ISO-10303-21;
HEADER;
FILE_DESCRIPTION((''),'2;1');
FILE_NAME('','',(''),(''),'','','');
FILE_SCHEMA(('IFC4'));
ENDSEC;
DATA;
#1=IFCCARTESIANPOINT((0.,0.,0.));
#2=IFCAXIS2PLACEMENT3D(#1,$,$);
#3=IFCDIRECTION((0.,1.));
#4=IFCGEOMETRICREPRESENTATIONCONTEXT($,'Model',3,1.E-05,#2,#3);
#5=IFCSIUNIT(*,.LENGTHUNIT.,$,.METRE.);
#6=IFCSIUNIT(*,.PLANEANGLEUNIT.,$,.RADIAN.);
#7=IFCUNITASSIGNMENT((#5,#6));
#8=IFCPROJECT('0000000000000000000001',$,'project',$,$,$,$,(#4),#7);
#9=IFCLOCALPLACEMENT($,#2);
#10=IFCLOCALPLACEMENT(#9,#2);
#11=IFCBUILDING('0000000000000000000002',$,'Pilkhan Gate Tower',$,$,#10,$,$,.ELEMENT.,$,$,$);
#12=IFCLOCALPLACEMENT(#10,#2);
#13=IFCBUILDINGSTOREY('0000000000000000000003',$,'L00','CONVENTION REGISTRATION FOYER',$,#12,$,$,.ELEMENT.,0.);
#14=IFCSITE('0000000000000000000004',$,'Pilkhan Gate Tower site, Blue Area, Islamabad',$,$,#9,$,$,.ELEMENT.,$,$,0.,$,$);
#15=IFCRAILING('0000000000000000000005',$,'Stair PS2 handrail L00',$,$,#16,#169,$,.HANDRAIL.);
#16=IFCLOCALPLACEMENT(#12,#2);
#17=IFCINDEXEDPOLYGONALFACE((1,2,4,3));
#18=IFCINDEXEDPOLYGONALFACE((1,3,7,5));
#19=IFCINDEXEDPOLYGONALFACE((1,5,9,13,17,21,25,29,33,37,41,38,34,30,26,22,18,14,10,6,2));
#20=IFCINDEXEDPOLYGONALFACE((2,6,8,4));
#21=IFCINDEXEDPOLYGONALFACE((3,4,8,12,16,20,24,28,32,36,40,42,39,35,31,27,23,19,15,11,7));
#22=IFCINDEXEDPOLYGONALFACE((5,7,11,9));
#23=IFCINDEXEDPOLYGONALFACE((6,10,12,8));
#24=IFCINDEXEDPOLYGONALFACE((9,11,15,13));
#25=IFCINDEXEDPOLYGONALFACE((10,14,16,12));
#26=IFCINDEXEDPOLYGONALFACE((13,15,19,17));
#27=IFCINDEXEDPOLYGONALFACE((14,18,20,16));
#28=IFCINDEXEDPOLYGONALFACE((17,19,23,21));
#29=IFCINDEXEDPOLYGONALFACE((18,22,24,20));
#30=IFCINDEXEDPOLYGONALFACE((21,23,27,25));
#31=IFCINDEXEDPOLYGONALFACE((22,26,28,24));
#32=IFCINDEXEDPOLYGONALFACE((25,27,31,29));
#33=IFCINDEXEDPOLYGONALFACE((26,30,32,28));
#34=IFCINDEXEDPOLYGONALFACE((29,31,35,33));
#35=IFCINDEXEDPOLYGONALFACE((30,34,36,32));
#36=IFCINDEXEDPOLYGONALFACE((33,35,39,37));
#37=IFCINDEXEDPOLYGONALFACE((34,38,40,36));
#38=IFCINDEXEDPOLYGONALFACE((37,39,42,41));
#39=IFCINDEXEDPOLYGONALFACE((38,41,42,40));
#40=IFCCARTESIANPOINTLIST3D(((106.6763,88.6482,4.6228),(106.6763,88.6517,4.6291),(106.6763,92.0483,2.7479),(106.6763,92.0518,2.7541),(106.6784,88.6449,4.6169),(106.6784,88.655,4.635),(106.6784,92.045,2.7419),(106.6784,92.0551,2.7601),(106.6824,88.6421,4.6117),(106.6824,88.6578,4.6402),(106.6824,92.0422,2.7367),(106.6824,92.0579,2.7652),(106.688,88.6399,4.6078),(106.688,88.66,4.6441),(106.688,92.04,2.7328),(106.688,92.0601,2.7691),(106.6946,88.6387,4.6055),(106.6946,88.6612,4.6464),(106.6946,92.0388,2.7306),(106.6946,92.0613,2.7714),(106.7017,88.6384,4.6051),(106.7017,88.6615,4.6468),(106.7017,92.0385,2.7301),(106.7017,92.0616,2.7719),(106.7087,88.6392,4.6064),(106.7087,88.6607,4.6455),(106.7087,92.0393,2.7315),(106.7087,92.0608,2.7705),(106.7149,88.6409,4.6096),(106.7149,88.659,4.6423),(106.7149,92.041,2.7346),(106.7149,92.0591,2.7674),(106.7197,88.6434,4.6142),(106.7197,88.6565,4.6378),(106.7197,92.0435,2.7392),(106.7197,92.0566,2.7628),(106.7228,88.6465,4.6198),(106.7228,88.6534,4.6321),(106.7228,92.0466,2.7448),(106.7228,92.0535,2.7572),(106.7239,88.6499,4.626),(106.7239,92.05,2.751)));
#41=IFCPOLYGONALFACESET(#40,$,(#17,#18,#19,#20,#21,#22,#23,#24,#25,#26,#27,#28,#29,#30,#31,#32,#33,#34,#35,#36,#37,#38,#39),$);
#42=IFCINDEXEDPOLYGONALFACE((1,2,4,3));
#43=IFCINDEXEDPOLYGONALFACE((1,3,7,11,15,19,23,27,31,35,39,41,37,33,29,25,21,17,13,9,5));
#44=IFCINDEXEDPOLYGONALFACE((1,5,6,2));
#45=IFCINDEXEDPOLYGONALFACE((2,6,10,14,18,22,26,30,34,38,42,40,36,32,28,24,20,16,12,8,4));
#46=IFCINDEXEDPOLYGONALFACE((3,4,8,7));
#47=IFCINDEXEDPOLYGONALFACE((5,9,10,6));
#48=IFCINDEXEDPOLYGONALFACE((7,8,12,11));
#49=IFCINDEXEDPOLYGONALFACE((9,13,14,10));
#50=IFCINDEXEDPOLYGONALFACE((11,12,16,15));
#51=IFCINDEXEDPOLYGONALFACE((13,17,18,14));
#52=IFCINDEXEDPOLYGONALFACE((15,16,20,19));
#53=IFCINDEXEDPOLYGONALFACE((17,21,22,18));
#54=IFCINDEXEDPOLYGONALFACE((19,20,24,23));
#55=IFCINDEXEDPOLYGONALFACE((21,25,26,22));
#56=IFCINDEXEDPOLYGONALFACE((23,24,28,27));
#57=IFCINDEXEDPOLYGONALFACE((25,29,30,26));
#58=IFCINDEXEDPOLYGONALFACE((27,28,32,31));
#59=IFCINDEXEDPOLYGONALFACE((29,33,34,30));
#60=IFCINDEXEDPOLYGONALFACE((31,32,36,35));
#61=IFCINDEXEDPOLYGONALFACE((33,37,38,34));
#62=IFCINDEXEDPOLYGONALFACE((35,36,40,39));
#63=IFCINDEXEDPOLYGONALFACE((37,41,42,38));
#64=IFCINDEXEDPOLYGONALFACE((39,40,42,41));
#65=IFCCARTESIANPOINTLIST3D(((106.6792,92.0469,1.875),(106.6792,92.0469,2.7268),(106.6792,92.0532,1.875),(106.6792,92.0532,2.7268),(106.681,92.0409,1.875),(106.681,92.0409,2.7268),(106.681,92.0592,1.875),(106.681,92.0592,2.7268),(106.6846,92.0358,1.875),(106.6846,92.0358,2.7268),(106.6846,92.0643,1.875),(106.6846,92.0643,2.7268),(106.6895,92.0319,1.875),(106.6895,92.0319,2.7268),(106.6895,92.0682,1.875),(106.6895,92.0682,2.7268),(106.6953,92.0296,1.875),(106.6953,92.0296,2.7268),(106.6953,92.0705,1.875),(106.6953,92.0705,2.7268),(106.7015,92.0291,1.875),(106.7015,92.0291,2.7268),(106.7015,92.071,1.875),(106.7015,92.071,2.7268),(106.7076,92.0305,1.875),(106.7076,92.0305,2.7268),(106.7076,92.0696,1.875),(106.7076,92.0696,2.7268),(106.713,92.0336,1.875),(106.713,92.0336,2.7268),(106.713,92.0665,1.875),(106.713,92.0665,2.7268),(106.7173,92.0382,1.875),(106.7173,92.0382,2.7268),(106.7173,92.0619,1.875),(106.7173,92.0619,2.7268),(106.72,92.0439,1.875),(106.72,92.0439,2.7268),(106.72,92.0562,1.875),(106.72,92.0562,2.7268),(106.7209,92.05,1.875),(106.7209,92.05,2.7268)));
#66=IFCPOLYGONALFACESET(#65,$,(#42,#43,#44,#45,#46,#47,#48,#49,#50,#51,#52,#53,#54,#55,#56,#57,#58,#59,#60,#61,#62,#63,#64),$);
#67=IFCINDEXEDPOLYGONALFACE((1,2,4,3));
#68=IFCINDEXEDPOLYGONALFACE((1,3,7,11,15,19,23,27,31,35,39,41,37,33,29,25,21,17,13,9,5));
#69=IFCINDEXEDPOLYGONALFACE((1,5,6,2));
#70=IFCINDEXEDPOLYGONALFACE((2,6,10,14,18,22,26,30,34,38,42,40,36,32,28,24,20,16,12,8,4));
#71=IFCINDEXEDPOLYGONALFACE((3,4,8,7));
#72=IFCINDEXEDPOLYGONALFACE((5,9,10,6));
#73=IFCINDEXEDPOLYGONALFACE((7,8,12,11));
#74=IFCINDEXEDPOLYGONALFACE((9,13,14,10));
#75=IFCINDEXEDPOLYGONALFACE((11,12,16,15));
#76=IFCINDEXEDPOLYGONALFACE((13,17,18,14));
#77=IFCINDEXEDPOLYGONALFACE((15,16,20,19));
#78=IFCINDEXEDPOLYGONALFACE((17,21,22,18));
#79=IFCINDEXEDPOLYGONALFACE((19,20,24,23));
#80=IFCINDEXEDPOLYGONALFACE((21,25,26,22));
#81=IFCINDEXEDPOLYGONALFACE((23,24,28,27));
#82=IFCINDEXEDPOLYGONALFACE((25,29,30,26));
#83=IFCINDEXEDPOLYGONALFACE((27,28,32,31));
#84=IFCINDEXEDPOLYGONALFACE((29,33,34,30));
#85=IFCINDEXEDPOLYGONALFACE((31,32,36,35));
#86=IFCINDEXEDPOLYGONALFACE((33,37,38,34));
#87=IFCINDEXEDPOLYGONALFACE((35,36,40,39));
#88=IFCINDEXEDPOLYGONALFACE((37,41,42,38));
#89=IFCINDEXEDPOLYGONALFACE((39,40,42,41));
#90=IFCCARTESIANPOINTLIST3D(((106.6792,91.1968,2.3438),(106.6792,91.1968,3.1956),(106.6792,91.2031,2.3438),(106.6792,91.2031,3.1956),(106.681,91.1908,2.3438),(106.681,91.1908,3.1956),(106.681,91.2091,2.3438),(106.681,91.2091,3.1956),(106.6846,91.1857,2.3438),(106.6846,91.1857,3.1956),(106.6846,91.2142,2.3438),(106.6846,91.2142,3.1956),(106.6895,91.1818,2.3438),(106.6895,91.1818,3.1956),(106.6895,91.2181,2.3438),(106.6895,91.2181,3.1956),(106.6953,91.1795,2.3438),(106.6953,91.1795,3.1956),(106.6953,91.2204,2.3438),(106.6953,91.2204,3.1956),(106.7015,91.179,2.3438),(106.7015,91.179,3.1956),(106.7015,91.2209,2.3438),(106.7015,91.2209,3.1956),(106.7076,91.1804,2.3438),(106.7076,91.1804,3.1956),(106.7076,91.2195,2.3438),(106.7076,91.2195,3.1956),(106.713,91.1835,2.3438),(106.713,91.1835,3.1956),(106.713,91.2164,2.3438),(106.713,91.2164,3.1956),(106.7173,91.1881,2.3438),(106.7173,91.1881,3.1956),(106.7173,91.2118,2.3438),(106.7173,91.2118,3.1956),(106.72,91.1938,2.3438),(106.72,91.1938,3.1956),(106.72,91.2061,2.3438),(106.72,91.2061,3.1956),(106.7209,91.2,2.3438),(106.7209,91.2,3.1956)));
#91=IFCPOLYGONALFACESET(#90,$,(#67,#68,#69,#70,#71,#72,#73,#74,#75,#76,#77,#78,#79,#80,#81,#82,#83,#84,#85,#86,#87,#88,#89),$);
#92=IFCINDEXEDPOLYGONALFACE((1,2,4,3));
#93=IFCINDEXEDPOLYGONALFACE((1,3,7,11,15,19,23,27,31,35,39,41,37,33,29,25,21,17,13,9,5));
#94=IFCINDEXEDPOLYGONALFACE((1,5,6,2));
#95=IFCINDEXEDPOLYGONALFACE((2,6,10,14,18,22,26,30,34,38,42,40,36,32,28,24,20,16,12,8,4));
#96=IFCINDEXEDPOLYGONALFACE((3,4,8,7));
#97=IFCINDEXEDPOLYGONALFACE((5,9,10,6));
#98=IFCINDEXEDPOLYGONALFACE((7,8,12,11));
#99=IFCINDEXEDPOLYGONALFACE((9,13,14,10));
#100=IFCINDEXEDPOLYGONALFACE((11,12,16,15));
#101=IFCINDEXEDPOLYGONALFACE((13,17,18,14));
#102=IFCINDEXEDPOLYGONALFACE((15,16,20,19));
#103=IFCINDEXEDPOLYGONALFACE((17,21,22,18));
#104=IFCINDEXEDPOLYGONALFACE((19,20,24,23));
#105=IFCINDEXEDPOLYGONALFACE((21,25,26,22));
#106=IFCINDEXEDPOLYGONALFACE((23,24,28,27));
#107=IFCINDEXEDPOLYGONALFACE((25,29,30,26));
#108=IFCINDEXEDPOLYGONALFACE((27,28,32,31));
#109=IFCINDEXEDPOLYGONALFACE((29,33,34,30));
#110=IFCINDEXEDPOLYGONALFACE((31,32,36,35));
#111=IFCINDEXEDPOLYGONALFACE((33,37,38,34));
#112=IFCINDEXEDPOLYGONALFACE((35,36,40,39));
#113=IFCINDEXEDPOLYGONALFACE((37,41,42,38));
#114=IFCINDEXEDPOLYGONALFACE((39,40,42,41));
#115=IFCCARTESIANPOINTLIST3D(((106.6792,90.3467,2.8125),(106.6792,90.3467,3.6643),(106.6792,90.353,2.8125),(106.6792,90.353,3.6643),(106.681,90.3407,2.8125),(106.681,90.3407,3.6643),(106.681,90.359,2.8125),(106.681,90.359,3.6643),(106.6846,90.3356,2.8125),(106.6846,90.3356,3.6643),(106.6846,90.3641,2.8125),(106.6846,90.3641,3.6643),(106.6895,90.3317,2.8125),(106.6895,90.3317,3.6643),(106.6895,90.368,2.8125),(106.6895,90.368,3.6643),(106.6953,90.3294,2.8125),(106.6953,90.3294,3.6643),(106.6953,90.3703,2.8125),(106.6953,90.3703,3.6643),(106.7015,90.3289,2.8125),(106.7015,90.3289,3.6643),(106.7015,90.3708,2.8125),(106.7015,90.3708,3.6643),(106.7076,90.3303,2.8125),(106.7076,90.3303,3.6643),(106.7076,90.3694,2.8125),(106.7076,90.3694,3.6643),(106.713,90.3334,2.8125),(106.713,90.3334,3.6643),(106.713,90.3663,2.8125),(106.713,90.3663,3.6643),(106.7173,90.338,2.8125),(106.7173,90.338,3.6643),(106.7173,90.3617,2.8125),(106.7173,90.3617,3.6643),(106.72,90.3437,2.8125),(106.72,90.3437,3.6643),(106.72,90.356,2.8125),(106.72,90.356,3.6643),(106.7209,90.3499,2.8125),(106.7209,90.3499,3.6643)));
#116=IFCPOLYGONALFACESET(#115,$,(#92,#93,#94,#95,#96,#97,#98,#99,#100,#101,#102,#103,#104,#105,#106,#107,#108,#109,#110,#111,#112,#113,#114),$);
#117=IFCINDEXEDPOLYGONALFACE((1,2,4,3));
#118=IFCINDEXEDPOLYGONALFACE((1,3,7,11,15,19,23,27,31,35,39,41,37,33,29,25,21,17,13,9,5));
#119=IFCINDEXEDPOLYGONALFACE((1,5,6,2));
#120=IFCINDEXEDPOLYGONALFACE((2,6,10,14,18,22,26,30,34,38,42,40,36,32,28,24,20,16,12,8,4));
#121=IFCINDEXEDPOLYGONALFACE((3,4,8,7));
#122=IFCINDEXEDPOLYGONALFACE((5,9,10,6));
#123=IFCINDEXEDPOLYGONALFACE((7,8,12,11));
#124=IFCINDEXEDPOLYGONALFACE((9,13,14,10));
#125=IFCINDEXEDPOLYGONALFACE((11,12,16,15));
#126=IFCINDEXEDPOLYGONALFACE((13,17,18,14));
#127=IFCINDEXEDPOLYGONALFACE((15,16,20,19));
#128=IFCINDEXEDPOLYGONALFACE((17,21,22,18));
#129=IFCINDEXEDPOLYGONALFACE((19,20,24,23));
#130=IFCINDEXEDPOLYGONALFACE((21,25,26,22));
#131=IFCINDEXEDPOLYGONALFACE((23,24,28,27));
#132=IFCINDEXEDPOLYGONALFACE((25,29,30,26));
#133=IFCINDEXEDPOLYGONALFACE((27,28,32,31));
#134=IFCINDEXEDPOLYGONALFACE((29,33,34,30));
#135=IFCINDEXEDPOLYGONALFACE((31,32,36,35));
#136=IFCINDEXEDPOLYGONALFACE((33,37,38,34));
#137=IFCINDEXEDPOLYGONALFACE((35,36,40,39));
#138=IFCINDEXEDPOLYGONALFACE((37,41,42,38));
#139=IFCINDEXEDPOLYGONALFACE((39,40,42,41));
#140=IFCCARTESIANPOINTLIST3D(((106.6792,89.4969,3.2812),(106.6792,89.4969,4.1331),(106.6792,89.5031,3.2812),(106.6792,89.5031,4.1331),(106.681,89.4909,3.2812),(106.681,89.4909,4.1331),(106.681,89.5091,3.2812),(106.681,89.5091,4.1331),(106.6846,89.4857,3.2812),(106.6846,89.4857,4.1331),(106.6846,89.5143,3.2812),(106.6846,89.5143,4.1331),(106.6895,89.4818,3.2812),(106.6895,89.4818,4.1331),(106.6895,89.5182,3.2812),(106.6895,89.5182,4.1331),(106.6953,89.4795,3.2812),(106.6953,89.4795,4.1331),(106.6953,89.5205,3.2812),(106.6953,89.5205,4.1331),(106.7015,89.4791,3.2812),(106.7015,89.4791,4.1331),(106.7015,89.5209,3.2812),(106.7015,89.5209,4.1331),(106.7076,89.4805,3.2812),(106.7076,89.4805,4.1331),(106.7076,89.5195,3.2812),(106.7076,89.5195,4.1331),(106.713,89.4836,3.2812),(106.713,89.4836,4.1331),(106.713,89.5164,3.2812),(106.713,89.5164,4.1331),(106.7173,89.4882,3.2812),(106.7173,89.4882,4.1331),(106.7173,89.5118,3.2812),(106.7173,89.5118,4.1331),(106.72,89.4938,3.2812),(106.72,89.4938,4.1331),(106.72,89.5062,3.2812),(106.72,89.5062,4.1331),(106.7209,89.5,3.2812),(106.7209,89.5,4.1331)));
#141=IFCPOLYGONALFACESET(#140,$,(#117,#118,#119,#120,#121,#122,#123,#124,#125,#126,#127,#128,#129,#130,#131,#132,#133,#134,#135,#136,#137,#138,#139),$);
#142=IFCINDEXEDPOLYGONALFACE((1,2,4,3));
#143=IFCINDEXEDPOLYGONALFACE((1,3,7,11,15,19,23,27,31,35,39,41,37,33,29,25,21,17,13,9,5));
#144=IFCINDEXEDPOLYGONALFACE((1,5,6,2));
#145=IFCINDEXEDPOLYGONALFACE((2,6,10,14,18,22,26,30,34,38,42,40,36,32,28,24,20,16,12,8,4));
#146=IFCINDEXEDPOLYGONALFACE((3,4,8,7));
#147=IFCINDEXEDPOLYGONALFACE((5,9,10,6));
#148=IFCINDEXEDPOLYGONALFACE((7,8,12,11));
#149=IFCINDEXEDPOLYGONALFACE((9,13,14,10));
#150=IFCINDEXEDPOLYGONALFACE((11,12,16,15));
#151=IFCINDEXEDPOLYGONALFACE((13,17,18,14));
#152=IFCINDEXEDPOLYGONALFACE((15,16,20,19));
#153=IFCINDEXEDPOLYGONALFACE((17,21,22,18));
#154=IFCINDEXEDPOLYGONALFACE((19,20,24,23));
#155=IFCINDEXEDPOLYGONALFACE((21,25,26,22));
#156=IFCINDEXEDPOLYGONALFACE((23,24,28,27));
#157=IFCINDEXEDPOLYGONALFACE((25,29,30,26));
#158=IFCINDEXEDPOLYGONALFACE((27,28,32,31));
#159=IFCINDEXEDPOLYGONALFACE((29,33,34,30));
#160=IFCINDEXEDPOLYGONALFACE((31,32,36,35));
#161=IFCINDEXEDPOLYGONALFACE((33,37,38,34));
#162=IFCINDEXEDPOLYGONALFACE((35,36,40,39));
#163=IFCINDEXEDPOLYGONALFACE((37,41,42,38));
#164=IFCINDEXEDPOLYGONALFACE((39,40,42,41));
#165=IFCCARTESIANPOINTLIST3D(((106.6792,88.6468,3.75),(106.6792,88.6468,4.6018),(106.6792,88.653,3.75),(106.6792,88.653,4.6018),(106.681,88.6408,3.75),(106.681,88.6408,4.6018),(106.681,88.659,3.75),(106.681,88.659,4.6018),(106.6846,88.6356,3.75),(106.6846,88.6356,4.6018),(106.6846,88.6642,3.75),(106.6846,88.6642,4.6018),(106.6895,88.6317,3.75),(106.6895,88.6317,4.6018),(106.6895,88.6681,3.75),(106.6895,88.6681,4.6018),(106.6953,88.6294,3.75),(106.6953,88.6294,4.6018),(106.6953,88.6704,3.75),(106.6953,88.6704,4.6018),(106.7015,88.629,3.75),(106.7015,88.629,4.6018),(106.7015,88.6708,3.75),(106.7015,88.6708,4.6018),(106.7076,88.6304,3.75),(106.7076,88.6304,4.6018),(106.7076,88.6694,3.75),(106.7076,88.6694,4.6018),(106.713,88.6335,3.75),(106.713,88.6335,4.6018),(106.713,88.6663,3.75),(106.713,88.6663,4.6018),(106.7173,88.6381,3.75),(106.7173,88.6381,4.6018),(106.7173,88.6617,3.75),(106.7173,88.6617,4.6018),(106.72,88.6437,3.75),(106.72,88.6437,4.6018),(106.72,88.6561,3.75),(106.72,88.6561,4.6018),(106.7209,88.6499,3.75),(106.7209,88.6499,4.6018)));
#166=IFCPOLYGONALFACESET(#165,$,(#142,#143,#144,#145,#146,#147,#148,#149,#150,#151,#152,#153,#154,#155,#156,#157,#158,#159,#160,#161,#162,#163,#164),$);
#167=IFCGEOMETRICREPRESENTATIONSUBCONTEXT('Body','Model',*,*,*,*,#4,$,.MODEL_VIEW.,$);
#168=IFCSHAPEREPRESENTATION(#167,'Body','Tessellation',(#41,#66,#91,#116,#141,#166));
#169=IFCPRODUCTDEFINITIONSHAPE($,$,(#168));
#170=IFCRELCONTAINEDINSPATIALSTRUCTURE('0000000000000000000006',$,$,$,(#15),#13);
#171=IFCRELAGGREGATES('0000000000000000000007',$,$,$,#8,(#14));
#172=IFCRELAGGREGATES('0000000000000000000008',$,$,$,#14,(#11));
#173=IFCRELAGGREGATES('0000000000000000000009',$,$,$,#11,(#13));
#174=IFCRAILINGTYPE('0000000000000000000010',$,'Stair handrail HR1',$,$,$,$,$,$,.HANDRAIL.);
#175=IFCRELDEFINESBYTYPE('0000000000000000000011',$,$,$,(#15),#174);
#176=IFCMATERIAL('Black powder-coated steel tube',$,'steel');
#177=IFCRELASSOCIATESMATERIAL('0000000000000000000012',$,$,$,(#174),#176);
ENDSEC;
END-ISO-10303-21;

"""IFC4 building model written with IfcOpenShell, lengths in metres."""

from ifc_helpers import new_model, si_unit, direction, frame, origin, origin_2d, place, context, subcontext, project, spatial, circle, extrude, material, type_object, element, save


model = new_model("IFC4")

# Units and contexts
model_context = context("Model", 3, precision=1e-05, world=origin(), true_north=direction((0.0, 1.0)))
body_context = subcontext(model_context, "Body", "Model", "MODEL_VIEW")
ifc_project = project(units=[si_unit("LENGTHUNIT", "METRE"), si_unit("PLANEANGLEUNIT", "RADIAN")], contexts=[model_context])

# Site, building, storey
site_placement = place(None, origin())
site = spatial("IfcSite", under=ifc_project, at=site_placement, Name="Pilkhan Gate Tower site, Blue Area, Islamabad", CompositionType="ELEMENT", RefElevation=0.0)
building_placement = place(site_placement, origin())
building = spatial("IfcBuilding", under=site, at=building_placement, Name="Pilkhan Gate Tower", CompositionType="ELEMENT")
storey_placement = place(building_placement, origin())
storey = spatial("IfcBuildingStorey", under=building, at=storey_placement, Name="L00", Description="CONVENTION REGISTRATION FOYER", CompositionType="ELEMENT", Elevation=0.0)

# Railing
ifc_material_1 = material(Name="Black powder-coated steel tube", Category="steel")
railing_type_1 = type_object("IfcRailingType", Name="Stair handrail HR1", PredefinedType="HANDRAIL", material=ifc_material_1)
for number, where, name in (
    (1, (106.7, 92.05, 1.875), "Stair PS2 handrail L00"),
):
    element("IfcRailing", number, at=place(storey_placement, frame(where)), inside=storey, type_object=railing_type_1, Name=name, PredefinedType="HANDRAIL", context=body_context, shape_type="SweptSolid", body=[
        extrude(circle(Radius=0.0239, at=origin_2d()), frame((0.0, 0.0, 0.876), z_axis=(0.0, -0.87568, 0.482891), x_axis=(1.0, 0.0, 0.0)), (0.0, 0.0, 1.0), 3.8828),
        extrude(circle(Radius=0.021, at=origin_2d()), origin(), (0.0, 0.0, 1.0), 0.8518),
        extrude(circle(Radius=0.021, at=origin_2d()), frame((0.0, -0.8501, 0.4688)), (0.0, 0.0, 1.0), 0.8518),
        extrude(circle(Radius=0.021, at=origin_2d()), frame((0.0, -1.7002, 0.9375)), (0.0, 0.0, 1.0), 0.8518),
        extrude(circle(Radius=0.021, at=origin_2d()), frame((0.0, -2.55, 1.4062)), (0.0, 0.0, 1.0), 0.8518),
        extrude(circle(Radius=0.021, at=origin_2d()), frame((0.0, -3.4001, 1.875)), (0.0, 0.0, 1.0), 0.8518),
    ])

save(model, "model.ifc")
